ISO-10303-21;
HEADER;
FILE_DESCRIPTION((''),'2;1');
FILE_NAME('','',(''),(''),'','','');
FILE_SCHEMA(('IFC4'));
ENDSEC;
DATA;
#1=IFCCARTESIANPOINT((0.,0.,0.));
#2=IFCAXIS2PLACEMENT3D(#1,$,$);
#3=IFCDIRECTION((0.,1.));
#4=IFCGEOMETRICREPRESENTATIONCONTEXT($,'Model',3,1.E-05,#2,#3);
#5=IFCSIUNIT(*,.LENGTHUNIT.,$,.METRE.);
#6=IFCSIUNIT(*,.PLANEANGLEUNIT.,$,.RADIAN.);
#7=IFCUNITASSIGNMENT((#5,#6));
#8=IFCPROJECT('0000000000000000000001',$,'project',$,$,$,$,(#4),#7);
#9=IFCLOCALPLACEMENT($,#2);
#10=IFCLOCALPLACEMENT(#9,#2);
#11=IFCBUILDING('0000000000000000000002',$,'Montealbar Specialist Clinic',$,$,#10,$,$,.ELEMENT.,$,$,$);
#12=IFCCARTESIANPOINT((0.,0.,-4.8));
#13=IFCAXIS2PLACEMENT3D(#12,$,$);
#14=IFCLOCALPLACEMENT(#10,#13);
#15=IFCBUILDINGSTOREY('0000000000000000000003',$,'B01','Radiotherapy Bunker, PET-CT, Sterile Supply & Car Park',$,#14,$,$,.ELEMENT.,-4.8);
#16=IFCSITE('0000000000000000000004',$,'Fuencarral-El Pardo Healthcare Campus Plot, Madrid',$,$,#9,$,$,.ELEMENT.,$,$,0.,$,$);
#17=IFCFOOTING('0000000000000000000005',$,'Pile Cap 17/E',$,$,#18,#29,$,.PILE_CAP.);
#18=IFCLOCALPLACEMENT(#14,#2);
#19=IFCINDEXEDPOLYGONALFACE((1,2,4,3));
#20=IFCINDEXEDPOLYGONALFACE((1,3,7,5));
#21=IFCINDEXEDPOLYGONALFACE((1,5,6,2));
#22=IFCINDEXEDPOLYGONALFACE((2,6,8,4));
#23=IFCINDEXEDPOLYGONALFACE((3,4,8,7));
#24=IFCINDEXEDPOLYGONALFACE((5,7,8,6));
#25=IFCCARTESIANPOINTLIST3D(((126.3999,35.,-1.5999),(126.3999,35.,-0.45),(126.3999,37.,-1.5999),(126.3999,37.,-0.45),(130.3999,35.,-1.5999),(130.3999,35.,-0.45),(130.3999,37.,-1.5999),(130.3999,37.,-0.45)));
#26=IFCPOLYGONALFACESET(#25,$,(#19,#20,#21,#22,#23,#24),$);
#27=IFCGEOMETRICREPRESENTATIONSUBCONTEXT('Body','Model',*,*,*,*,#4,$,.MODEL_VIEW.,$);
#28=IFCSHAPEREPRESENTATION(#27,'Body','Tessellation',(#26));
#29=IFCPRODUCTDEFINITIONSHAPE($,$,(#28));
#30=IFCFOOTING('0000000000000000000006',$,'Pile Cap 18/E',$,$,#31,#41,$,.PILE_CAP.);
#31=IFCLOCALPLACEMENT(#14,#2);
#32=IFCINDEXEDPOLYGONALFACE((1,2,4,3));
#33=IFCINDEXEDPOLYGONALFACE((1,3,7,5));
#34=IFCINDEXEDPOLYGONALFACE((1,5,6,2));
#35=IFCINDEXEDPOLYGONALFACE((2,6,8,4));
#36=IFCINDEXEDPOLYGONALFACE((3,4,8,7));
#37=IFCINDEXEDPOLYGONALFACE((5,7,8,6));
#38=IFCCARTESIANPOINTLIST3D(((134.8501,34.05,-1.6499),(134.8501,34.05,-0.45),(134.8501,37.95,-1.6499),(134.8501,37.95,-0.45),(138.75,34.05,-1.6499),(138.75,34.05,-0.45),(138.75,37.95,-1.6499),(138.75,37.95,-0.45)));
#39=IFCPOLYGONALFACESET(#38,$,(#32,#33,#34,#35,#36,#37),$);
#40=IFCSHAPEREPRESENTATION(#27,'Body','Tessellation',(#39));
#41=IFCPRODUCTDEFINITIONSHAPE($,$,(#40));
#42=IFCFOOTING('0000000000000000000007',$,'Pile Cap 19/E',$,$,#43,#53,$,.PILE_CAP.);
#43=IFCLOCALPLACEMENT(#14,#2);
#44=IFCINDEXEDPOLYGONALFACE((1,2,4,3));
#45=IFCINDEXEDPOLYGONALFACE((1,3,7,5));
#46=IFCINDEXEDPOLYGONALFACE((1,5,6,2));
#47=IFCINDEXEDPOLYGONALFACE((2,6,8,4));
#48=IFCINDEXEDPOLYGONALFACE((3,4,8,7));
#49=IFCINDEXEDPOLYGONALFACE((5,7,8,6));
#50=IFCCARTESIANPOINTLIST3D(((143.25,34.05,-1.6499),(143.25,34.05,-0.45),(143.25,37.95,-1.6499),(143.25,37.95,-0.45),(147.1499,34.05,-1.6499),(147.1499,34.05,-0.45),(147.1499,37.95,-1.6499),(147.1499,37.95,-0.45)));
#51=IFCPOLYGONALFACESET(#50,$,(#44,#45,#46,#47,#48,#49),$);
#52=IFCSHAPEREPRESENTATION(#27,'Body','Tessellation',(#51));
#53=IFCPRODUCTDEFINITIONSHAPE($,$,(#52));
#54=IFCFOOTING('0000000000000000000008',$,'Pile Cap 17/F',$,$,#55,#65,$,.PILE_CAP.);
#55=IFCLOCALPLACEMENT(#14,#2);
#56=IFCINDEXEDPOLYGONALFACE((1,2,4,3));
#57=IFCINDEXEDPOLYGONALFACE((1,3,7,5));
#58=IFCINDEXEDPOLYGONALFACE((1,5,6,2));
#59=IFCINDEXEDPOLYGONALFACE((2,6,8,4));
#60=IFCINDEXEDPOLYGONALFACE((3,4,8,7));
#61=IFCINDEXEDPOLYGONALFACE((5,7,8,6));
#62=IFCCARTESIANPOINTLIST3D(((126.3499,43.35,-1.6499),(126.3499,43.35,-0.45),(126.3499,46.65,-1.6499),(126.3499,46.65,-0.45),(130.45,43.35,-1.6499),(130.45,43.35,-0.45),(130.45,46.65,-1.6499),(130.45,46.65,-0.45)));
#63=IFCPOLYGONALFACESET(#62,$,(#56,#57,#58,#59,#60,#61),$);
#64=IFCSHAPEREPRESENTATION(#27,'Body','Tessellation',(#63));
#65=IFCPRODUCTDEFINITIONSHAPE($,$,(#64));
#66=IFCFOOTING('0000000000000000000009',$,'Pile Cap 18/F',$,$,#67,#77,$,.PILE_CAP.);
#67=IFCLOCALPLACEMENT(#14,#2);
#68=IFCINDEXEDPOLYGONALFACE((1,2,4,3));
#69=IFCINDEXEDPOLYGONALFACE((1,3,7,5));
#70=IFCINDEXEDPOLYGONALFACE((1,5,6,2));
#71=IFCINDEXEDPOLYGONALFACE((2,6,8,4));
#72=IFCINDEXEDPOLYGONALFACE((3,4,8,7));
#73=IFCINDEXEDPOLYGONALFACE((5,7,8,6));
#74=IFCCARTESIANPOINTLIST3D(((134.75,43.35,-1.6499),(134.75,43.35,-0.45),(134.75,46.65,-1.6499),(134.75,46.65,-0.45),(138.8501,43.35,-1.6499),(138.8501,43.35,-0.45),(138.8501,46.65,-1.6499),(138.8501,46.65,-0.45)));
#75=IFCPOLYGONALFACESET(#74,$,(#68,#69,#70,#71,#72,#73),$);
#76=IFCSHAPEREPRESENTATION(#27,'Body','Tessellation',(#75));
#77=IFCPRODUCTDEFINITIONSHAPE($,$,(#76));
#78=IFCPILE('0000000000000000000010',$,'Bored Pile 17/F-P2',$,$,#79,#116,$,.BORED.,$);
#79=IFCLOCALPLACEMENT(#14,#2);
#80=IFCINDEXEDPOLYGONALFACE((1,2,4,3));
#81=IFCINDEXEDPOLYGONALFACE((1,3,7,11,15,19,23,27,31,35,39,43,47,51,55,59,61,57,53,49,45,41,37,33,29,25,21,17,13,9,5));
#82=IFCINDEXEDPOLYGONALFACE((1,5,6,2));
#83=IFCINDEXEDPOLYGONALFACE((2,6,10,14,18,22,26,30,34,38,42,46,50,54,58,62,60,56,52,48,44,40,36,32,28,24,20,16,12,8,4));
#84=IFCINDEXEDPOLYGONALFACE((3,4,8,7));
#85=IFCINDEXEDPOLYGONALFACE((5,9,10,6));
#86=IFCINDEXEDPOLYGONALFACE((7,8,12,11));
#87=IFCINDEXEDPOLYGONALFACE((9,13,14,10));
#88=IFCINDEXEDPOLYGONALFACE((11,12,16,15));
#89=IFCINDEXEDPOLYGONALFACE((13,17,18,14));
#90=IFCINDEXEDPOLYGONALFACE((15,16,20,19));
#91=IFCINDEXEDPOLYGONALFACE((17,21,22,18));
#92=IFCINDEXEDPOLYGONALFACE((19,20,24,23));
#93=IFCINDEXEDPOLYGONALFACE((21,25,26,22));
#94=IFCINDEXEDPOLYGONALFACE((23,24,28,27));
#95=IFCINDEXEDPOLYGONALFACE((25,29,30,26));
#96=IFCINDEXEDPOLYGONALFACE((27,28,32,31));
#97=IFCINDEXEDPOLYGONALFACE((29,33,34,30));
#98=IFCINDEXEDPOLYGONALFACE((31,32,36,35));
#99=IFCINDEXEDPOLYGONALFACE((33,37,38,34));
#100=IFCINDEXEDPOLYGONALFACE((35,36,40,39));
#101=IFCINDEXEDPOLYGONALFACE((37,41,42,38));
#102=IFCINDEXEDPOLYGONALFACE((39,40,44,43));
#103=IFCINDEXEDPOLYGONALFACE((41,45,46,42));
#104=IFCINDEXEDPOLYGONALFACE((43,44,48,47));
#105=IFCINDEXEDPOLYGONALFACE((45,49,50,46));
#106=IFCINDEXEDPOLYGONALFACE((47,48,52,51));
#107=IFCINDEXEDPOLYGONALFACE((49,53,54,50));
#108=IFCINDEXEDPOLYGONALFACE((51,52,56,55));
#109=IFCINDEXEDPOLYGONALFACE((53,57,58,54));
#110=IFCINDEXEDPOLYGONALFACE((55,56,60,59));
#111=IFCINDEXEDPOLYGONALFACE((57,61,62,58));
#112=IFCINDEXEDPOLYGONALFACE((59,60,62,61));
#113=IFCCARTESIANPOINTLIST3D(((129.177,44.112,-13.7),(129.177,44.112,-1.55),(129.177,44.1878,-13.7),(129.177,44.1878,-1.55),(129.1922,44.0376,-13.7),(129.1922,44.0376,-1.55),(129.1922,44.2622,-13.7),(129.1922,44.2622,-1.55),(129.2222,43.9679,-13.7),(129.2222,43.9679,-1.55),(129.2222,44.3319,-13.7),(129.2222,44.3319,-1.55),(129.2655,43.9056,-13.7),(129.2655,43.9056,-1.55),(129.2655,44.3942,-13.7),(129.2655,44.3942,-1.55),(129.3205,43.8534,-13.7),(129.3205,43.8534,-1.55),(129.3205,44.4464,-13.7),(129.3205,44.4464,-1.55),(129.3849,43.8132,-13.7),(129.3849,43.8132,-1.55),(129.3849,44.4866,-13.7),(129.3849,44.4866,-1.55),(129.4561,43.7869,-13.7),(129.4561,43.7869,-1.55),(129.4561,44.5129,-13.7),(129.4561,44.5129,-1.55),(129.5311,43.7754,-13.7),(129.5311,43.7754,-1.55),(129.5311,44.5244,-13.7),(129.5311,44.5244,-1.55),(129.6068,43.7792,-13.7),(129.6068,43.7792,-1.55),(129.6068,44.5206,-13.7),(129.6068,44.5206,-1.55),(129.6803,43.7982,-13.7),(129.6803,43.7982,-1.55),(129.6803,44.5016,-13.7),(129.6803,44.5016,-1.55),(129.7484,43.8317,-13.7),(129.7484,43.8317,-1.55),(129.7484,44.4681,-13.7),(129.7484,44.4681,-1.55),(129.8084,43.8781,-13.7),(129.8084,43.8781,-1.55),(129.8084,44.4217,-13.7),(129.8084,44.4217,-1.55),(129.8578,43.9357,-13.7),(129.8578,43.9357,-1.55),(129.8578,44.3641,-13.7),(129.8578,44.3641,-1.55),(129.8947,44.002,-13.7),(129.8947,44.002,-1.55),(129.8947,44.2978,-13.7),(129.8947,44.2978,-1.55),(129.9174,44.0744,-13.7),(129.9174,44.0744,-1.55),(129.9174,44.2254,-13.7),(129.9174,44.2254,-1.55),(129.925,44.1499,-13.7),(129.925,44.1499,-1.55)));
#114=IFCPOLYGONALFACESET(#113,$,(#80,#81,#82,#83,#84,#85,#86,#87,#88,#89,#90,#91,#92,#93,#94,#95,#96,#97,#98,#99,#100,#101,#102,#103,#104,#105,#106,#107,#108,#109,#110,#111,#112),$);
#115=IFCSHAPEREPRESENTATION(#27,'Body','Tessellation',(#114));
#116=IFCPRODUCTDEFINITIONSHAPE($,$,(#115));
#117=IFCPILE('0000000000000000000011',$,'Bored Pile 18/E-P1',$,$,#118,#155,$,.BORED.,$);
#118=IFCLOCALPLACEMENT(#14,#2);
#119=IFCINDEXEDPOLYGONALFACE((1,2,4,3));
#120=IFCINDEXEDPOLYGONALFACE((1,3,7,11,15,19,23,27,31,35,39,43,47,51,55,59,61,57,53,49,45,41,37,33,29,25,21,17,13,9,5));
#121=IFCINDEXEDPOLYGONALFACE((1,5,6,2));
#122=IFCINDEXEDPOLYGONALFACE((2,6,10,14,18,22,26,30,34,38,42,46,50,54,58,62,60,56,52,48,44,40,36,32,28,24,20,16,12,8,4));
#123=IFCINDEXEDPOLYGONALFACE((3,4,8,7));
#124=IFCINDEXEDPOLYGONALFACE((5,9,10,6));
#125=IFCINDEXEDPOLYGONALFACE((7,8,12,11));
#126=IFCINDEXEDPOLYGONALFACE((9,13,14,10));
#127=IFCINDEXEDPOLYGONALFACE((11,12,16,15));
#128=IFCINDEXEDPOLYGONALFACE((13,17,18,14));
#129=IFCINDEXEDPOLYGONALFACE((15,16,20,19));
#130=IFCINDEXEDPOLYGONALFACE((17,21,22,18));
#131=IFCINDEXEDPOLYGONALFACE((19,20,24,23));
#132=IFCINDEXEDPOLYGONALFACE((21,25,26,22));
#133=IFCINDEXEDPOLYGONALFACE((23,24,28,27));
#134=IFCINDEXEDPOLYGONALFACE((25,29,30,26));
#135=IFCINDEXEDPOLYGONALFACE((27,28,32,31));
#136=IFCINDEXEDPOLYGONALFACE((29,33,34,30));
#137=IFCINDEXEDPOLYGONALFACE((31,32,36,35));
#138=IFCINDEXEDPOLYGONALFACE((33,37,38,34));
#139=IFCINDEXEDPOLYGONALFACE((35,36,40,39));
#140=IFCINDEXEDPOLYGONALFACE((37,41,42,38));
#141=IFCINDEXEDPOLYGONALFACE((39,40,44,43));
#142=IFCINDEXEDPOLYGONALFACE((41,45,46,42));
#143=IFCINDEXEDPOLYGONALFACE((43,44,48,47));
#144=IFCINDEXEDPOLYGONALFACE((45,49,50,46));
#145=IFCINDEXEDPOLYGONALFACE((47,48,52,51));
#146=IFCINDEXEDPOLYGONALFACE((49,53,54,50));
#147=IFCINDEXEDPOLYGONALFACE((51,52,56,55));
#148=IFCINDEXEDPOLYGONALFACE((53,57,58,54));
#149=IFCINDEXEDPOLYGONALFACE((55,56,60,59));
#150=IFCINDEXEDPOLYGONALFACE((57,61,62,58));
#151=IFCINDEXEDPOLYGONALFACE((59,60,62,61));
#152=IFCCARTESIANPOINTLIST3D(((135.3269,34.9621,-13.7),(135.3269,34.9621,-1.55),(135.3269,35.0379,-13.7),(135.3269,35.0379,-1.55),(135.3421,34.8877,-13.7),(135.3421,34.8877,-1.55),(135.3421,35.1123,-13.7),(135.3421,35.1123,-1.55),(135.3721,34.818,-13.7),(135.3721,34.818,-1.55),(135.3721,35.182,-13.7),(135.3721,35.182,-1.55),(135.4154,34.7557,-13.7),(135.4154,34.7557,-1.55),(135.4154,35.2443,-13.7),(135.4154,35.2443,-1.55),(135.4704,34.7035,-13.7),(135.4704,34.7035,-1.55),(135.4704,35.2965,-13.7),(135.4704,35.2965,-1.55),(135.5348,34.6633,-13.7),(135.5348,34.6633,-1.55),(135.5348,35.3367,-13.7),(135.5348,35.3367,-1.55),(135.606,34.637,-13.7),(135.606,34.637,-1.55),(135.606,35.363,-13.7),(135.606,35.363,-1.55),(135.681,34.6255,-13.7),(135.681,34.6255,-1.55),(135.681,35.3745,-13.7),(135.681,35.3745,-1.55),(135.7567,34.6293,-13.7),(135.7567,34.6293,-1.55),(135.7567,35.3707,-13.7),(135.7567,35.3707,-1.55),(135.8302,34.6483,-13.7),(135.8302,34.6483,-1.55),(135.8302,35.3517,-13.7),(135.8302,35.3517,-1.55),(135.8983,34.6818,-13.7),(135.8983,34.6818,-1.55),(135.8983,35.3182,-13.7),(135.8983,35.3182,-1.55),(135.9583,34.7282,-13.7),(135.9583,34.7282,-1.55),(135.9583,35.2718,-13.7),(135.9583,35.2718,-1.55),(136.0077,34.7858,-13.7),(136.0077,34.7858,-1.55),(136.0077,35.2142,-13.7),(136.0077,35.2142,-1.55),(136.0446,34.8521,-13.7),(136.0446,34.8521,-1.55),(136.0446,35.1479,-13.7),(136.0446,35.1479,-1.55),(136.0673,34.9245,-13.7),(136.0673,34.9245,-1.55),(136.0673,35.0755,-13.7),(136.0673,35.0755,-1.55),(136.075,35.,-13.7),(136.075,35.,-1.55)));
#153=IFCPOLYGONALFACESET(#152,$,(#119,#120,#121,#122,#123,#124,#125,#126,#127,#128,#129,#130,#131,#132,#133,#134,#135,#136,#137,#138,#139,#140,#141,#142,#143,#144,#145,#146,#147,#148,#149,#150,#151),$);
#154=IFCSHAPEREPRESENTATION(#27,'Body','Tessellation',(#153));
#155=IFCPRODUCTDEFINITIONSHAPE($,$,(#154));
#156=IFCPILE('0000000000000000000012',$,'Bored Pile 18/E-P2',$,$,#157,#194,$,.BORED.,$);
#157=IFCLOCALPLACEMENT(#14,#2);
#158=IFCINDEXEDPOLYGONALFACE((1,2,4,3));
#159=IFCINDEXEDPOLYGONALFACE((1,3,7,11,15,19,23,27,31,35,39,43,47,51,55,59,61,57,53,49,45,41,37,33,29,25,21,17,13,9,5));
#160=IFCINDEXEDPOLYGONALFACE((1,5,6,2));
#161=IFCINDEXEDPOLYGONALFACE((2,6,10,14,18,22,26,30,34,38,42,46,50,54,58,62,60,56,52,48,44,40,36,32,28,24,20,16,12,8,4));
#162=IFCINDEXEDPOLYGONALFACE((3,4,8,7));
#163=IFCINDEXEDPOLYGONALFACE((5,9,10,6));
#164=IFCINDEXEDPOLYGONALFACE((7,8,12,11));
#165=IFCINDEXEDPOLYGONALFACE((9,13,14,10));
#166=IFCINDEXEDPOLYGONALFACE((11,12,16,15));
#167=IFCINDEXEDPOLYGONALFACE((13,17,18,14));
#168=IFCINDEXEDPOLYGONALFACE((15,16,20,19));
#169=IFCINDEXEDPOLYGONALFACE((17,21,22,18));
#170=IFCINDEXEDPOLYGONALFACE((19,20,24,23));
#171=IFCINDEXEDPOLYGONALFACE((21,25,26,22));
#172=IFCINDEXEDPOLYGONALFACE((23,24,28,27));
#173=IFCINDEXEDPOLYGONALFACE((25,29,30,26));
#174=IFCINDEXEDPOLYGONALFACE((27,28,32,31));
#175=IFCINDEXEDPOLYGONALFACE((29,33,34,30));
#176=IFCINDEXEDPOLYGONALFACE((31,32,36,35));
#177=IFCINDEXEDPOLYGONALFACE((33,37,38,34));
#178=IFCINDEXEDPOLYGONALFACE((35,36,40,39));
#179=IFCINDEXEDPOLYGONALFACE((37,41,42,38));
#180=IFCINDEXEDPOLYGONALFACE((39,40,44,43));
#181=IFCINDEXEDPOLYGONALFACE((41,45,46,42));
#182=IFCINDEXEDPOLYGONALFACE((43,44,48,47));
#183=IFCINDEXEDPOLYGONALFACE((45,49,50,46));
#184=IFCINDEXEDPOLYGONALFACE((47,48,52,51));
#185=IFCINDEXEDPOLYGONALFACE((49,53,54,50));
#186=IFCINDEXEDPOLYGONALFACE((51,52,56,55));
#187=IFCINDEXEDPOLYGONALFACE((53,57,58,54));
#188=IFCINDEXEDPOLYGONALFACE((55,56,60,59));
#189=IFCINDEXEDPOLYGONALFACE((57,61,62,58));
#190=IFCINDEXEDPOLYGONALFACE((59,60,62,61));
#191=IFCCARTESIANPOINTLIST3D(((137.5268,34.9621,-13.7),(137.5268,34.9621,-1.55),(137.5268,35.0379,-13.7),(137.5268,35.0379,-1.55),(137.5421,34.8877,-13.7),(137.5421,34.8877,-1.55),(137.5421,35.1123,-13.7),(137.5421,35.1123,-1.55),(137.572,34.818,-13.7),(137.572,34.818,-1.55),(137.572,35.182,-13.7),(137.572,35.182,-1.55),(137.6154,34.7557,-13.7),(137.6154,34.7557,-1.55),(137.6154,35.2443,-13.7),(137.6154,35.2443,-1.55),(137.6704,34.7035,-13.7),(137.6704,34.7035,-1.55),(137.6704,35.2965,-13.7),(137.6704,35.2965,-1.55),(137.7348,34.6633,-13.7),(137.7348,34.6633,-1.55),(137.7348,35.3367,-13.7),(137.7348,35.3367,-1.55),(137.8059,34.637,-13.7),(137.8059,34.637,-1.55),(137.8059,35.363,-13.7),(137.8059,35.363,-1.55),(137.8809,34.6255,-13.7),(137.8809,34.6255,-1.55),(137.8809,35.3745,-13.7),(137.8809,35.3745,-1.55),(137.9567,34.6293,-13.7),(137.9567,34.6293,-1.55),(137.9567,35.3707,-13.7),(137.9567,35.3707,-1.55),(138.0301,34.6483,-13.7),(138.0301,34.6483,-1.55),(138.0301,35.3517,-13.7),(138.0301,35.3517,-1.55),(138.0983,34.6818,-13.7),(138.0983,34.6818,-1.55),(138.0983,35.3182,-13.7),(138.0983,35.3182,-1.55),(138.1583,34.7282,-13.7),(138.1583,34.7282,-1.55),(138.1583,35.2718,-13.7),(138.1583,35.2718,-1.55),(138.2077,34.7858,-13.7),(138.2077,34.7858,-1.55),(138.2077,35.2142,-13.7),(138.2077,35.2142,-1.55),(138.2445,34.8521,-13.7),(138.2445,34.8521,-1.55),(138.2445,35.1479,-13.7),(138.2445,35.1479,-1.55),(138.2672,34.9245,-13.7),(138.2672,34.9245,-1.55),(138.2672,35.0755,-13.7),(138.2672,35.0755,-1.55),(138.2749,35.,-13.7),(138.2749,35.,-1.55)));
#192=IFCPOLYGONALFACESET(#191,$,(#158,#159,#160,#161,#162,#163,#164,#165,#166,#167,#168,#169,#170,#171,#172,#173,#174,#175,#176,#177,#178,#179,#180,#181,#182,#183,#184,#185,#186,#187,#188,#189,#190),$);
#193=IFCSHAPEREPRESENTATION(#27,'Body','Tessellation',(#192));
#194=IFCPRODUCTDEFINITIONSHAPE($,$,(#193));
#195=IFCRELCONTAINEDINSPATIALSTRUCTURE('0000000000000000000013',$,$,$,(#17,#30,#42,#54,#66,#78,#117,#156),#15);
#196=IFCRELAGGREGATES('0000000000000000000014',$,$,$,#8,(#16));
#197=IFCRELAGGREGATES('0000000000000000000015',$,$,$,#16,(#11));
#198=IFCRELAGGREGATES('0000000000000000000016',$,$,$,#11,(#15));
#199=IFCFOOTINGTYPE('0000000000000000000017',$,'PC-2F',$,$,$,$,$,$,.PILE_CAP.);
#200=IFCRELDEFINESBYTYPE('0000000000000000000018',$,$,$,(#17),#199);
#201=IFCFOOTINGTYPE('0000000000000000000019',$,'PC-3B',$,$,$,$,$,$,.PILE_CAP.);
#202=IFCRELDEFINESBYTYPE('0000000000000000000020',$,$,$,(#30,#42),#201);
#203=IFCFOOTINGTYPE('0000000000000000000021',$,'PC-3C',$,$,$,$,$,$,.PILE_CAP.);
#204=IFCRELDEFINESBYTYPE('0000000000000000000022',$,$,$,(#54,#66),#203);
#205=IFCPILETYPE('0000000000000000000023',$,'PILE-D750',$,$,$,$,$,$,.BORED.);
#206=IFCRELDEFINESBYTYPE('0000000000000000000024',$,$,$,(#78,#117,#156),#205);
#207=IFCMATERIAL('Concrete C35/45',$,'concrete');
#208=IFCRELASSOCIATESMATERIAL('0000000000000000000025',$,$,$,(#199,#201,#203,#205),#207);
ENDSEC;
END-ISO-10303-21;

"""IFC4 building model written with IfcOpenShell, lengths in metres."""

from ifc_helpers import new_model, si_unit, direction, frame, origin, origin_2d, place, context, subcontext, project, spatial, rectangle, circle, extrude, material, material_profile, profile_set, type_object, element, save


model = new_model("IFC4")

# Units and contexts
model_context = context("Model", 3, precision=1e-05, world=origin(), true_north=direction((0.0, 1.0)))
body_context = subcontext(model_context, "Body", "Model", "MODEL_VIEW")
ifc_project = project(units=[si_unit("LENGTHUNIT", "METRE"), si_unit("PLANEANGLEUNIT", "RADIAN")], contexts=[model_context])

# Site, building, storey
site_placement = place(None, origin())
site = spatial("IfcSite", under=ifc_project, at=site_placement, Name="Fuencarral-El Pardo Healthcare Campus Plot, Madrid", CompositionType="ELEMENT", RefElevation=0.0)
building_placement = place(site_placement, origin())
building = spatial("IfcBuilding", under=site, at=building_placement, Name="Montealbar Specialist Clinic", CompositionType="ELEMENT")
storey_placement = place(building_placement, frame((0.0, 0.0, -4.8)))
storey = spatial("IfcBuildingStorey", under=building, at=storey_placement, Name="B01", Description="Radiotherapy Bunker, PET-CT, Sterile Supply & Car Park", CompositionType="ELEMENT", Elevation=-4.8)

# Footings
ifc_material_1 = material(Name="Concrete C35/45", Category="concrete")
footing_type_1 = type_object("IfcFootingType", Name="PC-2F", PredefinedType="PILE_CAP", material=ifc_material_1)
footing_placement = place(storey_placement, frame((128.3999, 36.0, -1.5999), z_axis=(0.0, 0.0, 1.0), x_axis=(1.0, 0.0, 0.0)))
element("IfcFooting", 1, at=footing_placement, inside=storey, type_object=footing_type_1, Name="Pile Cap 17/E", PredefinedType="PILE_CAP", context=body_context, shape_type="SweptSolid", body=[
    extrude(rectangle(XDim=4.0, YDim=2.0, at=origin_2d()), origin(), (0.0, 0.0, 1.0), 1.1499),
])
footing_type_2 = type_object("IfcFootingType", Name="PC-3B", PredefinedType="PILE_CAP", material=ifc_material_1)
for number, where, z_axis, x_axis, name in (
    (2, (136.8, 36.0, -1.6499), (0.0, 0.0, 1.0), (1.0, 0.0, 0.0), "Pile Cap 18/E"),
    (3, (145.2, 36.0, -1.6499), (0.0, 0.0, 1.0), (1.0, 0.0, 0.0), "Pile Cap 19/E"),
):
    element("IfcFooting", number, at=place(storey_placement, frame(where, z_axis=z_axis, x_axis=x_axis)), inside=storey, type_object=footing_type_2, Name=name, PredefinedType="PILE_CAP", context=body_context, shape_type="SweptSolid", body=[
        extrude(rectangle(XDim=3.8999, YDim=3.8999, at=origin_2d()), origin(), (0.0, 0.0, 1.0), 1.2),
    ])
footing_type_3 = type_object("IfcFootingType", Name="PC-3C", PredefinedType="PILE_CAP", material=ifc_material_1)
for number, where, z_axis, x_axis, name in (
    (4, (128.3999, 45.0, -1.6499), (0.0, 0.0, 1.0), (1.0, 0.0, 0.0), "Pile Cap 17/F"),
    (5, (136.8, 45.0, -1.6499), (0.0, 0.0, 1.0), (1.0, 0.0, 0.0), "Pile Cap 18/F"),
):
    element("IfcFooting", number, at=place(storey_placement, frame(where, z_axis=z_axis, x_axis=x_axis)), inside=storey, type_object=footing_type_3, Name=name, PredefinedType="PILE_CAP", context=body_context, shape_type="SweptSolid", body=[
        extrude(rectangle(XDim=4.1001, YDim=3.3, at=origin_2d()), origin(), (0.0, 0.0, 1.0), 1.2),
    ])

# Piles
ifc_material_profile_1 = material_profile(ifc_material_1, circle(Radius=0.375, at=origin_2d()), Name="PILE D750", Category="concrete")
ifc_profile_set_1 = profile_set([ifc_material_profile_1], Name="Concrete C35/45")
pile_type_1 = type_object("IfcPileType", Name="PILE-D750", PredefinedType="BORED", material=ifc_profile_set_1)
for number, where, z_axis, x_axis, name in (
    (6, (129.55, 44.1499, -1.55), (0.0, 0.0, -1.0), (1.0, 0.0, 0.0), "Bored Pile 17/F-P2"),
    (7, (135.7, 35.0, -1.55), (0.0, 0.0, -1.0), (1.0, 0.0, 0.0), "Bored Pile 18/E-P1"),
    (8, (137.8999, 35.0, -1.55), (0.0, 0.0, -1.0), (1.0, 0.0, 0.0), "Bored Pile 18/E-P2"),
):
    element("IfcPile", number, at=place(storey_placement, frame(where, z_axis=z_axis, x_axis=x_axis)), inside=storey, type_object=pile_type_1, Name=name, PredefinedType="BORED", context=body_context, shape_type="SweptSolid", body=[
        extrude(circle(Radius=0.375, at=origin_2d()), origin(), (0.0, 0.0, 1.0), 12.1499),
    ])

save(model, "model.ifc")
